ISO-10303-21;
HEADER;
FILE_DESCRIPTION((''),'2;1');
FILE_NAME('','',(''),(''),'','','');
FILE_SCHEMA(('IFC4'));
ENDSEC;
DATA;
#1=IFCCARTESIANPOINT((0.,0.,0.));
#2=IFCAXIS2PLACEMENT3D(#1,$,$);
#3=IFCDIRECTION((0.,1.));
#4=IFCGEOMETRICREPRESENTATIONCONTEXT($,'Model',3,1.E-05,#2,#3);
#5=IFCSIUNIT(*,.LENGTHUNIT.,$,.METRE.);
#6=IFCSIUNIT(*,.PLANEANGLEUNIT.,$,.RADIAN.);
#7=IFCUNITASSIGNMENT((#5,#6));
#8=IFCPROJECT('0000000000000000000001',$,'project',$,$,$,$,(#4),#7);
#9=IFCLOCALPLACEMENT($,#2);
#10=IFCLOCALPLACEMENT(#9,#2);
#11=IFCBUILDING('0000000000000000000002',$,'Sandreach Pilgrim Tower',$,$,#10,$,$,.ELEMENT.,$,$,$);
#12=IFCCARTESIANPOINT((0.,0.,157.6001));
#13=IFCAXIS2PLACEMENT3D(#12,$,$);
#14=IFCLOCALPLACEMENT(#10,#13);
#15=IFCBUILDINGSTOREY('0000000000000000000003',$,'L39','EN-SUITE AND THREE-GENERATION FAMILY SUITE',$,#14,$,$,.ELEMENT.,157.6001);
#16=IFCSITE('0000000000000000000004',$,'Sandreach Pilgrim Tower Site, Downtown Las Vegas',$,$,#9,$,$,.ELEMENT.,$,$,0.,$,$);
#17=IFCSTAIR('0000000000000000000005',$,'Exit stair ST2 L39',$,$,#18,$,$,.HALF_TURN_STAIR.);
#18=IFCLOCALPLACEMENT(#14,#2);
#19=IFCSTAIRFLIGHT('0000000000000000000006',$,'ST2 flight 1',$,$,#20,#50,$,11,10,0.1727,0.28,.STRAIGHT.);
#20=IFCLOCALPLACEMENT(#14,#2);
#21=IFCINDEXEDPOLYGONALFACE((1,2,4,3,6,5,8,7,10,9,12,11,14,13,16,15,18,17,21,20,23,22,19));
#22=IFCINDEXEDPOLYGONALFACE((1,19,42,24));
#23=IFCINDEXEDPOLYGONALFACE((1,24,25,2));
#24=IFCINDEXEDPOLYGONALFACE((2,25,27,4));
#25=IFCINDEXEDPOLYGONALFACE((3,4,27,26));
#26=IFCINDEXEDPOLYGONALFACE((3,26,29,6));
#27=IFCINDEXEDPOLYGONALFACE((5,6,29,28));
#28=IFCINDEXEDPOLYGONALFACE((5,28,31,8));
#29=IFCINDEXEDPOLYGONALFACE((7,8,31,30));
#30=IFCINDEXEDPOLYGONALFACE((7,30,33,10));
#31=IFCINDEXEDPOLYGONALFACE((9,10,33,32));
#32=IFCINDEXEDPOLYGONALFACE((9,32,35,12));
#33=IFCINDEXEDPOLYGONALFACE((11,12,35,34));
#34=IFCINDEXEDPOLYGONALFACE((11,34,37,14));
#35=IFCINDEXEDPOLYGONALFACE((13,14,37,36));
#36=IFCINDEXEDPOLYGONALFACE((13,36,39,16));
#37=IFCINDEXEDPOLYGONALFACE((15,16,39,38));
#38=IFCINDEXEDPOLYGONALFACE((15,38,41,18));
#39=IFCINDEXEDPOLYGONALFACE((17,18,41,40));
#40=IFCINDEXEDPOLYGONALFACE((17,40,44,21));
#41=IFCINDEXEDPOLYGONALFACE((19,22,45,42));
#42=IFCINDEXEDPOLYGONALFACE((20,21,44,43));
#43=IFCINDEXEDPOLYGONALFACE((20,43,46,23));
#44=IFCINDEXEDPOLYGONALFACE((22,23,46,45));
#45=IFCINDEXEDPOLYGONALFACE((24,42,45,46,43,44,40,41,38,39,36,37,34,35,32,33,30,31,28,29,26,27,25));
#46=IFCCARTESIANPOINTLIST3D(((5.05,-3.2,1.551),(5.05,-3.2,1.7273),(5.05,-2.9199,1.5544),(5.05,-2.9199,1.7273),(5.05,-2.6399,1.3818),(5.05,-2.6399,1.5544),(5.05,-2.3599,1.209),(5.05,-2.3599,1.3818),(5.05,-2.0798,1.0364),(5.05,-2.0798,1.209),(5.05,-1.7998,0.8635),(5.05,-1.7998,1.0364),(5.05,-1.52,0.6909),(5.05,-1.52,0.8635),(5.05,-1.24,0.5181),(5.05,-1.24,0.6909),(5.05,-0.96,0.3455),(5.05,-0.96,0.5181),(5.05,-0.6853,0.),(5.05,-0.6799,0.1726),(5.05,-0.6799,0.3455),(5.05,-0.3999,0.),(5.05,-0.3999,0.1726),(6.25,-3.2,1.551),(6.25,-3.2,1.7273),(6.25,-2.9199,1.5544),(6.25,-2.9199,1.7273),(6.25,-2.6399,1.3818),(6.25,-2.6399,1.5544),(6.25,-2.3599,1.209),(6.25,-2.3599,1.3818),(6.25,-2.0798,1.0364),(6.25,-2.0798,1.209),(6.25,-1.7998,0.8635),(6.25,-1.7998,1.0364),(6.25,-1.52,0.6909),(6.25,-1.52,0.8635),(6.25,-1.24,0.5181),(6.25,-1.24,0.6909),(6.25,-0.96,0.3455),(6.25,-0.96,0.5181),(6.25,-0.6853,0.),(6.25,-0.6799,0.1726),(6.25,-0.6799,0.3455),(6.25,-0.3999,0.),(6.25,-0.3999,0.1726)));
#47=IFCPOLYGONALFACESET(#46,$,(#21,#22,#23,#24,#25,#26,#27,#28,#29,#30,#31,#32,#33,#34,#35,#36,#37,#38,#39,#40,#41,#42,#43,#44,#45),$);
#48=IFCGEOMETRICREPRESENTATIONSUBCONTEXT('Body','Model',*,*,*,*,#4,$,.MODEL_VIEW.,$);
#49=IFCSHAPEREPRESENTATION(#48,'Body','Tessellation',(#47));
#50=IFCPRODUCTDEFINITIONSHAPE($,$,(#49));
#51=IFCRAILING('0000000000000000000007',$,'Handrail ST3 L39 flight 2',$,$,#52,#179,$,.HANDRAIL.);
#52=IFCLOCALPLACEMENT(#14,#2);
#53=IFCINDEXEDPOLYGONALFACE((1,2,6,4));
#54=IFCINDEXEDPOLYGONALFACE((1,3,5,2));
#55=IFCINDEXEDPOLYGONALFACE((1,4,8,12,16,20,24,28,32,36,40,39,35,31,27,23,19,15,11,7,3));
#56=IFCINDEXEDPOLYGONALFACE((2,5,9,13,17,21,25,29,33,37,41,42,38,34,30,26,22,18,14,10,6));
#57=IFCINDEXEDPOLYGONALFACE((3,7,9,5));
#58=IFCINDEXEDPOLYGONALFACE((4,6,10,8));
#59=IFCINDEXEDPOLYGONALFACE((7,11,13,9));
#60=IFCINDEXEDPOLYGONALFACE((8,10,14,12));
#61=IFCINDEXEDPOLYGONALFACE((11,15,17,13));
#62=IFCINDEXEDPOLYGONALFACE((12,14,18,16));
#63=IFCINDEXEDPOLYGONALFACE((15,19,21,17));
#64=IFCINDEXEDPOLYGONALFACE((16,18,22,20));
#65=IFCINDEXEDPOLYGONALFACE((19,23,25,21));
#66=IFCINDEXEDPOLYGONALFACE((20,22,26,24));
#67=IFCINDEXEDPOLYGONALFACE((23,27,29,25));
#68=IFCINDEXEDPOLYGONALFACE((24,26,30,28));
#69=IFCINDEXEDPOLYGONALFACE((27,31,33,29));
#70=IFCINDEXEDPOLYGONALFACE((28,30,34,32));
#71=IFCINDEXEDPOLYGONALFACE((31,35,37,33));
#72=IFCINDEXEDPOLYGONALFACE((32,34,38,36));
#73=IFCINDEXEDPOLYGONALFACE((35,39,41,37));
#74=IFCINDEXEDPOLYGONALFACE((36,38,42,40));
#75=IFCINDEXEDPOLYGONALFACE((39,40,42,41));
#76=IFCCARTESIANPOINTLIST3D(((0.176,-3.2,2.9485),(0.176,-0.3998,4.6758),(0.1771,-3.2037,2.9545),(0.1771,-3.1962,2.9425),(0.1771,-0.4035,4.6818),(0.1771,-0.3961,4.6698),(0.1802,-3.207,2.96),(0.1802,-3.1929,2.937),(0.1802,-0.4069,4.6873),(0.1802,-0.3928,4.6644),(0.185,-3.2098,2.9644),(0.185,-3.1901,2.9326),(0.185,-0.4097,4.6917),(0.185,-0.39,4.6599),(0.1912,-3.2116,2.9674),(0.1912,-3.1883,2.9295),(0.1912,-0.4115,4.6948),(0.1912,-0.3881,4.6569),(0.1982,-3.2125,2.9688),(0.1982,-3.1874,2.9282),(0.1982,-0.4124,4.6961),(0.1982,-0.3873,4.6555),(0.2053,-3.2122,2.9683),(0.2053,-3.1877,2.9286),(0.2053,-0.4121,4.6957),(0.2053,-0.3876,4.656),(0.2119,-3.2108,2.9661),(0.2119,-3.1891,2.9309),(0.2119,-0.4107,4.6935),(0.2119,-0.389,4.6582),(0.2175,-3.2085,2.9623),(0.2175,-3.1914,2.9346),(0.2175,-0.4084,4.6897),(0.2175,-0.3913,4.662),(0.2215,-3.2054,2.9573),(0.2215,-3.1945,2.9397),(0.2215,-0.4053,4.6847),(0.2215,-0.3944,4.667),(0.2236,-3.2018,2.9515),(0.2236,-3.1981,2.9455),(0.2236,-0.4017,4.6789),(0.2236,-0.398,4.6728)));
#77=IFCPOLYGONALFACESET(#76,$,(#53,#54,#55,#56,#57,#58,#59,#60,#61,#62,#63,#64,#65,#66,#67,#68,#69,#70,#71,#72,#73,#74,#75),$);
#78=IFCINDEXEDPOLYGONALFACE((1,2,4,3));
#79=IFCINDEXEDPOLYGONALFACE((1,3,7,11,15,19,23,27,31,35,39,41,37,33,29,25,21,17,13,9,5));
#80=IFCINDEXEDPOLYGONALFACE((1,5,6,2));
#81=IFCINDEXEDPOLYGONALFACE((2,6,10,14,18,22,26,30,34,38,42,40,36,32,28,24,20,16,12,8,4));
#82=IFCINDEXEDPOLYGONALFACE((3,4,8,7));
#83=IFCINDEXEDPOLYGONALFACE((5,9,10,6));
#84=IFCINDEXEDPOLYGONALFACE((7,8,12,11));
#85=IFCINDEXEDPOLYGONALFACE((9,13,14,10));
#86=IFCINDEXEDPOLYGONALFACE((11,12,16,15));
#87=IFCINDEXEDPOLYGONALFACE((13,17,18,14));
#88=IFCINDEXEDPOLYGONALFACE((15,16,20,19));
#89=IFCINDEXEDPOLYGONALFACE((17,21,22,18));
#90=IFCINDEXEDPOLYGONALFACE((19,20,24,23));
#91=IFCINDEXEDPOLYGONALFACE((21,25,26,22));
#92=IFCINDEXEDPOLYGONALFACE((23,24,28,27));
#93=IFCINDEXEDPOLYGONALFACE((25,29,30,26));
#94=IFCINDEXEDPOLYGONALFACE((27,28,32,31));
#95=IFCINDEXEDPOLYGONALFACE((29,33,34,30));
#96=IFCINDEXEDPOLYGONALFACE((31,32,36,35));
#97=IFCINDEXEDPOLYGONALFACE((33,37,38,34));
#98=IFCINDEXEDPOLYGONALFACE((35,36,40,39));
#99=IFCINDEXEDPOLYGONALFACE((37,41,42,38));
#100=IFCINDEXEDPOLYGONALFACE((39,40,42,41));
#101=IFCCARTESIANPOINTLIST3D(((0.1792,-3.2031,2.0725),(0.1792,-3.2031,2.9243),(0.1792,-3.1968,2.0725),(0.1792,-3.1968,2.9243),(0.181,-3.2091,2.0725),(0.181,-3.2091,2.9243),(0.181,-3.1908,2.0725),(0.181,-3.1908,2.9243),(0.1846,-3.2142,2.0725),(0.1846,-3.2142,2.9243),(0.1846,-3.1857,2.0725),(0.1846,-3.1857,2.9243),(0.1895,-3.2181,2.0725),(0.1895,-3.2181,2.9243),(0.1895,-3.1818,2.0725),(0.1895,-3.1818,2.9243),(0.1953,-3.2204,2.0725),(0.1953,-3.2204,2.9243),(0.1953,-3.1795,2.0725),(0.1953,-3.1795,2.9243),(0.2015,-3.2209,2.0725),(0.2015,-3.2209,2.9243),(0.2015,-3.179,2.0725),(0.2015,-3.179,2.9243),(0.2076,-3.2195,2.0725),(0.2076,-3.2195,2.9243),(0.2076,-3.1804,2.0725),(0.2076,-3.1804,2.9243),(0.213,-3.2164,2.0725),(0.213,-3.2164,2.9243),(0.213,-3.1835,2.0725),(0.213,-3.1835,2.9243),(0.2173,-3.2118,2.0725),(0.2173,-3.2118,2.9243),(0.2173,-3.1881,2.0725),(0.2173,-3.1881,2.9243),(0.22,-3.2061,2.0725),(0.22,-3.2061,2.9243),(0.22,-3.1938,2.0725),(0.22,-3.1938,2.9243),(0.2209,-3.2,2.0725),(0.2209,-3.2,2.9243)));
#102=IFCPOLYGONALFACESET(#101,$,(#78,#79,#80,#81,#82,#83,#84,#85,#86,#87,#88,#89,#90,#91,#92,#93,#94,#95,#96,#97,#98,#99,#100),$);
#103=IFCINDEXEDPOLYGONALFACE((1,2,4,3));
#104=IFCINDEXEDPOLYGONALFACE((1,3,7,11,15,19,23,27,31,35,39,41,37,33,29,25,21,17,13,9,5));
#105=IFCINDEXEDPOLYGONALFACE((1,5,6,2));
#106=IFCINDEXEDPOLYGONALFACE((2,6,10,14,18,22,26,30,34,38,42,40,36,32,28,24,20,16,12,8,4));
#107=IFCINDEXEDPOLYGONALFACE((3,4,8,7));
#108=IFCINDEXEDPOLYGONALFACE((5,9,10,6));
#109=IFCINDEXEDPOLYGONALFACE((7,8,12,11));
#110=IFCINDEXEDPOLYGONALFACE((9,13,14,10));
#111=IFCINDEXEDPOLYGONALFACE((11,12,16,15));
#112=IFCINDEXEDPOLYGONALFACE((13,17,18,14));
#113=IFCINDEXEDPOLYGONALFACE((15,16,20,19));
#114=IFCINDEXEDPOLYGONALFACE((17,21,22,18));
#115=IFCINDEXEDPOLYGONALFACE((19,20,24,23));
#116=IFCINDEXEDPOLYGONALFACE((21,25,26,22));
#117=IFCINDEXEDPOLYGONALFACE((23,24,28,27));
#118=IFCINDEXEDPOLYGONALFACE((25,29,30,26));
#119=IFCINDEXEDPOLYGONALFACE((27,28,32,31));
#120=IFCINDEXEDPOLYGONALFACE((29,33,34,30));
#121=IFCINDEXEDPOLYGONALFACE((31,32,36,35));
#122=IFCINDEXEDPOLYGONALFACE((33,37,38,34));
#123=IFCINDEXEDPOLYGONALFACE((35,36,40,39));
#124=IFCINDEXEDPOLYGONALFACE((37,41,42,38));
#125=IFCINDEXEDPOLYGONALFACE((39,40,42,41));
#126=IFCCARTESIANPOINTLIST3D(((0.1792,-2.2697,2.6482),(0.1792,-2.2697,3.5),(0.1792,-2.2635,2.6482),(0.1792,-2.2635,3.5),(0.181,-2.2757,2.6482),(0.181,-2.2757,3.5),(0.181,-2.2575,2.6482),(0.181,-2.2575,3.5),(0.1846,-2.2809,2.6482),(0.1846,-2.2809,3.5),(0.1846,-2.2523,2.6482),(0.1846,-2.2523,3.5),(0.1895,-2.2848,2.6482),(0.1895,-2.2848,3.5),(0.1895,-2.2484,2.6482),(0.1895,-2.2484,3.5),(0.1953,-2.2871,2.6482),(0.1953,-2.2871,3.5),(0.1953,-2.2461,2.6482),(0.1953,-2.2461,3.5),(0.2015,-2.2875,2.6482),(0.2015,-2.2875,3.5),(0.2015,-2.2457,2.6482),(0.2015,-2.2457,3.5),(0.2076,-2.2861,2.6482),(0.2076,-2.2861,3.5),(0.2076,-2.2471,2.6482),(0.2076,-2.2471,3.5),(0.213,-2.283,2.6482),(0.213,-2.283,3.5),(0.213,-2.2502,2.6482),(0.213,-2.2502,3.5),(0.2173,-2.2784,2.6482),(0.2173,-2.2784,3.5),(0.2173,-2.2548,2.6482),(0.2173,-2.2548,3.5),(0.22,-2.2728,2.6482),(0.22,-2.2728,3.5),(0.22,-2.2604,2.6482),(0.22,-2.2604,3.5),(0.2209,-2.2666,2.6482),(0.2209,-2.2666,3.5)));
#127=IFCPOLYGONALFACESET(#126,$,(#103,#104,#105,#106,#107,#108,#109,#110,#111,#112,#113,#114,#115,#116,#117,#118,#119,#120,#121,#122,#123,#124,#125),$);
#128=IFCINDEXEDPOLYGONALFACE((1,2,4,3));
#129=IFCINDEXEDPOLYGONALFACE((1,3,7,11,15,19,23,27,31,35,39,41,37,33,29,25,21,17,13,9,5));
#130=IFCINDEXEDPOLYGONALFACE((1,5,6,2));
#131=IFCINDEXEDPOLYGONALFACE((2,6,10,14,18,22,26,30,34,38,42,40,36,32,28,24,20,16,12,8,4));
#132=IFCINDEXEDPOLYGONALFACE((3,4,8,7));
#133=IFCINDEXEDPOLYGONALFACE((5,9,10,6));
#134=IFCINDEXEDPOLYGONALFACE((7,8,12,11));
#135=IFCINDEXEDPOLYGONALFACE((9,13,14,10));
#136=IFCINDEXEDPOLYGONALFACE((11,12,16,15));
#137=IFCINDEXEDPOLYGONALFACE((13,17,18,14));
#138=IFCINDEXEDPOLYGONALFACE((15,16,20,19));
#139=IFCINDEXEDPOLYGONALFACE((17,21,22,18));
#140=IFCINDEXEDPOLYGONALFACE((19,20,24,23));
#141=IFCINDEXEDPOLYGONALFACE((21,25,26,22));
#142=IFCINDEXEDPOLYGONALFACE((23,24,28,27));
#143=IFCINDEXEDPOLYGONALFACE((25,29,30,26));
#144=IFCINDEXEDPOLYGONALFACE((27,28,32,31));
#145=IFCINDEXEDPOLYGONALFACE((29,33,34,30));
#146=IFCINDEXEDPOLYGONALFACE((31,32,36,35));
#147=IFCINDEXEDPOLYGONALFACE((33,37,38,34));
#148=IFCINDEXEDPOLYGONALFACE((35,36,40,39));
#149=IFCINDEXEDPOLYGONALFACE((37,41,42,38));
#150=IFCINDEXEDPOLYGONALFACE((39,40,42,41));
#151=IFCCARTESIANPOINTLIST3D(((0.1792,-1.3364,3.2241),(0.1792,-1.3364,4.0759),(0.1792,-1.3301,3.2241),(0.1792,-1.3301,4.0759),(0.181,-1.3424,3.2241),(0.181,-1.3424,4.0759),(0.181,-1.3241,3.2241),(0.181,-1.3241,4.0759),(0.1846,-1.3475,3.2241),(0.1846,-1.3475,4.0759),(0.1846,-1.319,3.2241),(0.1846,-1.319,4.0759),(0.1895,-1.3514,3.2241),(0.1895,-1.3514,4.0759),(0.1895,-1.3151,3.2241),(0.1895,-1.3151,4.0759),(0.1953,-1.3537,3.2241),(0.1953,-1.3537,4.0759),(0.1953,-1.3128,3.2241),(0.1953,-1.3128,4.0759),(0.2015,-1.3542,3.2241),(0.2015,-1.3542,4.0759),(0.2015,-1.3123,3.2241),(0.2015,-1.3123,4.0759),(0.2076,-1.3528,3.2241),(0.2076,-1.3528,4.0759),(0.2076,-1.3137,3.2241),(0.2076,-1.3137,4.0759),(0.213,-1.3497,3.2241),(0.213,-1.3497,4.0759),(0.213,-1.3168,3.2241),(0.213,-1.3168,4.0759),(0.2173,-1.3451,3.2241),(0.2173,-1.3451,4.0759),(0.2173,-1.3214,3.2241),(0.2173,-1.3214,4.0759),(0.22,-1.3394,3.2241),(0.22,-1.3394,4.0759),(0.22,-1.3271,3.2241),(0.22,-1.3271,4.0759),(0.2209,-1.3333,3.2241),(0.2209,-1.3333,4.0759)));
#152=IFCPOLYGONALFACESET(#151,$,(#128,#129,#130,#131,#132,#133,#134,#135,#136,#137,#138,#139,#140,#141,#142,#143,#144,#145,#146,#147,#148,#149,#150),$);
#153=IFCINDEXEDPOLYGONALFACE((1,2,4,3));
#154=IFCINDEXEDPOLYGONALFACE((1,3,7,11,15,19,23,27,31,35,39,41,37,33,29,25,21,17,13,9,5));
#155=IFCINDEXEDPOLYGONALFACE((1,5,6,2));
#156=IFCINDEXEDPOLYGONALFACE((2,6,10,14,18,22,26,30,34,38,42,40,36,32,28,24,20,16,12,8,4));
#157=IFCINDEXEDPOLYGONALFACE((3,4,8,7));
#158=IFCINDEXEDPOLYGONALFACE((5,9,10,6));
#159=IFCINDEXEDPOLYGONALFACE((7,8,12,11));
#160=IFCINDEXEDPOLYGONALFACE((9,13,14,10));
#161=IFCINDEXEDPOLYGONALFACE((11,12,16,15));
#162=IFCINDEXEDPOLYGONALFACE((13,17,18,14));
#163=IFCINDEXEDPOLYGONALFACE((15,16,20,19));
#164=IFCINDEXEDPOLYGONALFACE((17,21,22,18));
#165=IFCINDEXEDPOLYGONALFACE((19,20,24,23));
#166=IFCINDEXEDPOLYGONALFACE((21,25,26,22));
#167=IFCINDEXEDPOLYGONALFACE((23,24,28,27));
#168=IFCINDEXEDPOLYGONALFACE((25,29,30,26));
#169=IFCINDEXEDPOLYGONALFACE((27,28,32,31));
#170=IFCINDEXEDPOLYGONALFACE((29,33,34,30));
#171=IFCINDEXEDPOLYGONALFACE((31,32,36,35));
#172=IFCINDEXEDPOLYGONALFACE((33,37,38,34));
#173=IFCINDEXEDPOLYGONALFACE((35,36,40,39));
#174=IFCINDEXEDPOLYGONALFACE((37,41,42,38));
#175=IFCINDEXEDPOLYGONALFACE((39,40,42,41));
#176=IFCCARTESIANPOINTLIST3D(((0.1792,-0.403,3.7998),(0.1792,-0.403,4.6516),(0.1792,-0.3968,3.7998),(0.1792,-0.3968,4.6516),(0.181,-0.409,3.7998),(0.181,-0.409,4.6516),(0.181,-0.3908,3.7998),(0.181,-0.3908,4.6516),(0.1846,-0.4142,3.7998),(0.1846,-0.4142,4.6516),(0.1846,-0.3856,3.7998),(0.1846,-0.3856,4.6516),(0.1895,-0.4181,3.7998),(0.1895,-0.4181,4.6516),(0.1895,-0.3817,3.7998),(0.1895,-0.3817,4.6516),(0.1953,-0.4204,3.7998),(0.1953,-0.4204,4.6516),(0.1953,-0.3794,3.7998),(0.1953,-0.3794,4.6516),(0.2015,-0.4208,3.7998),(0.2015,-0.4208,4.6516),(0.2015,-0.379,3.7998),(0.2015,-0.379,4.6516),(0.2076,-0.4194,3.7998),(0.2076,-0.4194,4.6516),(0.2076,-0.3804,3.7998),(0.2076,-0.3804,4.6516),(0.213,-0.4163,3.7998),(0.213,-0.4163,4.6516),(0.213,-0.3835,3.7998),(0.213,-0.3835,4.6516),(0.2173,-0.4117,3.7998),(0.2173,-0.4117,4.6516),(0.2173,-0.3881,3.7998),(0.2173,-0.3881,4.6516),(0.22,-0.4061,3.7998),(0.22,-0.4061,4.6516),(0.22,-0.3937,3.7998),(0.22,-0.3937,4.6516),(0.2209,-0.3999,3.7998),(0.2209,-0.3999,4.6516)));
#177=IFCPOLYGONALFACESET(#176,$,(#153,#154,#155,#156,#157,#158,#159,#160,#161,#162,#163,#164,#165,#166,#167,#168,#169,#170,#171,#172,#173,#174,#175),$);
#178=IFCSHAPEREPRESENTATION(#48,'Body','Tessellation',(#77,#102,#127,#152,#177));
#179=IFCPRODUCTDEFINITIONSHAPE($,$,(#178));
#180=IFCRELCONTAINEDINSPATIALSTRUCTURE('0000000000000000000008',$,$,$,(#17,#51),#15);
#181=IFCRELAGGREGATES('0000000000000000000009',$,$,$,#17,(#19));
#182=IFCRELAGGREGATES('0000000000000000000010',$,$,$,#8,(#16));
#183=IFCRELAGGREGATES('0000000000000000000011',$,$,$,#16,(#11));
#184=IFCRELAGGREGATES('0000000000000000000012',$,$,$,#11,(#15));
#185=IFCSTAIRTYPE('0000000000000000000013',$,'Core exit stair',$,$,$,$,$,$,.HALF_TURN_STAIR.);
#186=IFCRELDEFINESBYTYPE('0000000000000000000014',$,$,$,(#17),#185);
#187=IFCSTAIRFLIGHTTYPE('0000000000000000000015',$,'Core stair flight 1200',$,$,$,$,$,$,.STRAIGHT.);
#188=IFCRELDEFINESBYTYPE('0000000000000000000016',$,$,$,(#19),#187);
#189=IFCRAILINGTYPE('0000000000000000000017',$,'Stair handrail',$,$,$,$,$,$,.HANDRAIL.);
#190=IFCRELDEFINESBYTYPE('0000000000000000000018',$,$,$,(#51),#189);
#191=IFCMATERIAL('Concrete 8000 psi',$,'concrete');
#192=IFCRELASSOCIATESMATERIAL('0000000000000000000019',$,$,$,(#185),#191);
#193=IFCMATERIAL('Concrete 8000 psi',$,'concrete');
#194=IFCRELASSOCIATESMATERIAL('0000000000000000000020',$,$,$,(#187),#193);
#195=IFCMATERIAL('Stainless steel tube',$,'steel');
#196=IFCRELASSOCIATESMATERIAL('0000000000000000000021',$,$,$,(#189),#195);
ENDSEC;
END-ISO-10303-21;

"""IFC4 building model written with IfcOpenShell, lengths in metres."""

from ifc_helpers import new_model, si_unit, direction, frame, origin, origin_2d, place, context, subcontext, project, spatial, polyline, circle, outline, extrude, material, type_object, element, aggregate, save


model = new_model("IFC4")

# Units and contexts
model_context = context("Model", 3, precision=1e-05, world=origin(), true_north=direction((0.0, 1.0)))
body_context = subcontext(model_context, "Body", "Model", "MODEL_VIEW")
ifc_project = project(units=[si_unit("LENGTHUNIT", "METRE"), si_unit("PLANEANGLEUNIT", "RADIAN")], contexts=[model_context])

# Site, building, storey
site_placement = place(None, origin())
site = spatial("IfcSite", under=ifc_project, at=site_placement, Name="Sandreach Pilgrim Tower Site, Downtown Las Vegas", CompositionType="ELEMENT", RefElevation=0.0)
building_placement = place(site_placement, origin())
building = spatial("IfcBuilding", under=site, at=building_placement, Name="Sandreach Pilgrim Tower", CompositionType="ELEMENT")
storey_placement = place(building_placement, frame((0.0, 0.0, 157.6001)))
storey = spatial("IfcBuildingStorey", under=building, at=storey_placement, Name="L39", Description="EN-SUITE AND THREE-GENERATION FAMILY SUITE", CompositionType="ELEMENT", Elevation=157.6001)

# Shared definitions
ifc_material_1 = material(Name="Concrete 8000 psi", Category="concrete")
stair_type = type_object("IfcStairType", Name="Core exit stair", PredefinedType="HALF_TURN_STAIR", material=ifc_material_1)

# Stair, stair flight
ifc_material_2 = material(Name="Concrete 8000 psi", Category="concrete")
stair_flight_type = type_object("IfcStairFlightType", Name="Core stair flight 1200", PredefinedType="STRAIGHT", material=ifc_material_2)
stair_1_placement = place(storey_placement, origin())
stair_1 = element("IfcStair", 1, at=stair_1_placement, inside=storey, type_object=stair_type, Name="Exit stair ST2 L39", PredefinedType="HALF_TURN_STAIR")
stair_flight_1_placement = place(storey_placement, frame((5.6499, -0.3999, 0.0), z_axis=(0.0, 0.0, 1.0), x_axis=(0.0, -1.0, 0.0)))
stair_flight_1 = element("IfcStairFlight", 2, at=stair_flight_1_placement, type_object=stair_flight_type, Name="ST2 flight 1", NumberOfRisers=11, NumberOfTreads=10, PredefinedType="STRAIGHT", RiserHeight=0.1727, TreadLength=0.28, context=body_context, shape_type="SweptSolid", body=[
    extrude(outline(polyline([(0.0, 0.0), (0.0, 0.1726), (0.28, 0.1726), (0.28, 0.3455), (0.5601, 0.3455), (0.5601, 0.5181), (0.8401, 0.5181), (0.8401, 0.6909), (1.1201, 0.6909), (1.1201, 0.8635), (1.3999, 0.8635), (1.3999, 1.0364), (1.6799, 1.0364), (1.6799, 1.209), (1.96, 1.209), (1.96, 1.3818), (2.24, 1.3818), (2.24, 1.5544), (2.52, 1.5544), (2.52, 1.7273), (2.8, 1.7273), (2.8, 1.8999), (2.8, 1.551), (0.2854, 0.0), (0.0, 0.0)])), frame((0.0, 0.6001, 0.0), z_axis=(0.0, -1.0, 0.0), x_axis=(1.0, 0.0, 0.0)), (0.0, 0.0, 1.0), 1.2),
])
aggregate(stair_1, [stair_flight_1])

# Railing
ifc_material_3 = material(Name="Stainless steel tube", Category="steel")
railing_type = type_object("IfcRailingType", Name="Stair handrail", PredefinedType="HANDRAIL", material=ifc_material_3)
for number, where, name in (
    (3, (0.2, -3.2, 2.0725), "Handrail ST3 L39 flight 2"),
):
    element("IfcRailing", number, at=place(storey_placement, frame(where)), inside=storey, type_object=railing_type, Name=name, PredefinedType="HANDRAIL", context=body_context, shape_type="SweptSolid", body=[
        extrude(circle(Radius=0.0239, at=origin_2d()), frame((0.0, 0.0, 0.876), z_axis=(0.0, 0.85109, 0.52502), x_axis=(-1.0, 0.0, 0.0)), (0.0, 0.0, 1.0), 3.29),
        extrude(circle(Radius=0.021, at=origin_2d()), origin(), (0.0, 0.0, 1.0), 0.8518),
        extrude(circle(Radius=0.021, at=origin_2d()), frame((0.0, 0.9333, 0.5757)), (0.0, 0.0, 1.0), 0.8518),
        extrude(circle(Radius=0.021, at=origin_2d()), frame((0.0, 1.8667, 1.1516)), (0.0, 0.0, 1.0), 0.8518),
        extrude(circle(Radius=0.021, at=origin_2d()), frame((0.0, 2.8, 1.7273)), (0.0, 0.0, 1.0), 0.8518),
    ])

save(model, "model.ifc")
